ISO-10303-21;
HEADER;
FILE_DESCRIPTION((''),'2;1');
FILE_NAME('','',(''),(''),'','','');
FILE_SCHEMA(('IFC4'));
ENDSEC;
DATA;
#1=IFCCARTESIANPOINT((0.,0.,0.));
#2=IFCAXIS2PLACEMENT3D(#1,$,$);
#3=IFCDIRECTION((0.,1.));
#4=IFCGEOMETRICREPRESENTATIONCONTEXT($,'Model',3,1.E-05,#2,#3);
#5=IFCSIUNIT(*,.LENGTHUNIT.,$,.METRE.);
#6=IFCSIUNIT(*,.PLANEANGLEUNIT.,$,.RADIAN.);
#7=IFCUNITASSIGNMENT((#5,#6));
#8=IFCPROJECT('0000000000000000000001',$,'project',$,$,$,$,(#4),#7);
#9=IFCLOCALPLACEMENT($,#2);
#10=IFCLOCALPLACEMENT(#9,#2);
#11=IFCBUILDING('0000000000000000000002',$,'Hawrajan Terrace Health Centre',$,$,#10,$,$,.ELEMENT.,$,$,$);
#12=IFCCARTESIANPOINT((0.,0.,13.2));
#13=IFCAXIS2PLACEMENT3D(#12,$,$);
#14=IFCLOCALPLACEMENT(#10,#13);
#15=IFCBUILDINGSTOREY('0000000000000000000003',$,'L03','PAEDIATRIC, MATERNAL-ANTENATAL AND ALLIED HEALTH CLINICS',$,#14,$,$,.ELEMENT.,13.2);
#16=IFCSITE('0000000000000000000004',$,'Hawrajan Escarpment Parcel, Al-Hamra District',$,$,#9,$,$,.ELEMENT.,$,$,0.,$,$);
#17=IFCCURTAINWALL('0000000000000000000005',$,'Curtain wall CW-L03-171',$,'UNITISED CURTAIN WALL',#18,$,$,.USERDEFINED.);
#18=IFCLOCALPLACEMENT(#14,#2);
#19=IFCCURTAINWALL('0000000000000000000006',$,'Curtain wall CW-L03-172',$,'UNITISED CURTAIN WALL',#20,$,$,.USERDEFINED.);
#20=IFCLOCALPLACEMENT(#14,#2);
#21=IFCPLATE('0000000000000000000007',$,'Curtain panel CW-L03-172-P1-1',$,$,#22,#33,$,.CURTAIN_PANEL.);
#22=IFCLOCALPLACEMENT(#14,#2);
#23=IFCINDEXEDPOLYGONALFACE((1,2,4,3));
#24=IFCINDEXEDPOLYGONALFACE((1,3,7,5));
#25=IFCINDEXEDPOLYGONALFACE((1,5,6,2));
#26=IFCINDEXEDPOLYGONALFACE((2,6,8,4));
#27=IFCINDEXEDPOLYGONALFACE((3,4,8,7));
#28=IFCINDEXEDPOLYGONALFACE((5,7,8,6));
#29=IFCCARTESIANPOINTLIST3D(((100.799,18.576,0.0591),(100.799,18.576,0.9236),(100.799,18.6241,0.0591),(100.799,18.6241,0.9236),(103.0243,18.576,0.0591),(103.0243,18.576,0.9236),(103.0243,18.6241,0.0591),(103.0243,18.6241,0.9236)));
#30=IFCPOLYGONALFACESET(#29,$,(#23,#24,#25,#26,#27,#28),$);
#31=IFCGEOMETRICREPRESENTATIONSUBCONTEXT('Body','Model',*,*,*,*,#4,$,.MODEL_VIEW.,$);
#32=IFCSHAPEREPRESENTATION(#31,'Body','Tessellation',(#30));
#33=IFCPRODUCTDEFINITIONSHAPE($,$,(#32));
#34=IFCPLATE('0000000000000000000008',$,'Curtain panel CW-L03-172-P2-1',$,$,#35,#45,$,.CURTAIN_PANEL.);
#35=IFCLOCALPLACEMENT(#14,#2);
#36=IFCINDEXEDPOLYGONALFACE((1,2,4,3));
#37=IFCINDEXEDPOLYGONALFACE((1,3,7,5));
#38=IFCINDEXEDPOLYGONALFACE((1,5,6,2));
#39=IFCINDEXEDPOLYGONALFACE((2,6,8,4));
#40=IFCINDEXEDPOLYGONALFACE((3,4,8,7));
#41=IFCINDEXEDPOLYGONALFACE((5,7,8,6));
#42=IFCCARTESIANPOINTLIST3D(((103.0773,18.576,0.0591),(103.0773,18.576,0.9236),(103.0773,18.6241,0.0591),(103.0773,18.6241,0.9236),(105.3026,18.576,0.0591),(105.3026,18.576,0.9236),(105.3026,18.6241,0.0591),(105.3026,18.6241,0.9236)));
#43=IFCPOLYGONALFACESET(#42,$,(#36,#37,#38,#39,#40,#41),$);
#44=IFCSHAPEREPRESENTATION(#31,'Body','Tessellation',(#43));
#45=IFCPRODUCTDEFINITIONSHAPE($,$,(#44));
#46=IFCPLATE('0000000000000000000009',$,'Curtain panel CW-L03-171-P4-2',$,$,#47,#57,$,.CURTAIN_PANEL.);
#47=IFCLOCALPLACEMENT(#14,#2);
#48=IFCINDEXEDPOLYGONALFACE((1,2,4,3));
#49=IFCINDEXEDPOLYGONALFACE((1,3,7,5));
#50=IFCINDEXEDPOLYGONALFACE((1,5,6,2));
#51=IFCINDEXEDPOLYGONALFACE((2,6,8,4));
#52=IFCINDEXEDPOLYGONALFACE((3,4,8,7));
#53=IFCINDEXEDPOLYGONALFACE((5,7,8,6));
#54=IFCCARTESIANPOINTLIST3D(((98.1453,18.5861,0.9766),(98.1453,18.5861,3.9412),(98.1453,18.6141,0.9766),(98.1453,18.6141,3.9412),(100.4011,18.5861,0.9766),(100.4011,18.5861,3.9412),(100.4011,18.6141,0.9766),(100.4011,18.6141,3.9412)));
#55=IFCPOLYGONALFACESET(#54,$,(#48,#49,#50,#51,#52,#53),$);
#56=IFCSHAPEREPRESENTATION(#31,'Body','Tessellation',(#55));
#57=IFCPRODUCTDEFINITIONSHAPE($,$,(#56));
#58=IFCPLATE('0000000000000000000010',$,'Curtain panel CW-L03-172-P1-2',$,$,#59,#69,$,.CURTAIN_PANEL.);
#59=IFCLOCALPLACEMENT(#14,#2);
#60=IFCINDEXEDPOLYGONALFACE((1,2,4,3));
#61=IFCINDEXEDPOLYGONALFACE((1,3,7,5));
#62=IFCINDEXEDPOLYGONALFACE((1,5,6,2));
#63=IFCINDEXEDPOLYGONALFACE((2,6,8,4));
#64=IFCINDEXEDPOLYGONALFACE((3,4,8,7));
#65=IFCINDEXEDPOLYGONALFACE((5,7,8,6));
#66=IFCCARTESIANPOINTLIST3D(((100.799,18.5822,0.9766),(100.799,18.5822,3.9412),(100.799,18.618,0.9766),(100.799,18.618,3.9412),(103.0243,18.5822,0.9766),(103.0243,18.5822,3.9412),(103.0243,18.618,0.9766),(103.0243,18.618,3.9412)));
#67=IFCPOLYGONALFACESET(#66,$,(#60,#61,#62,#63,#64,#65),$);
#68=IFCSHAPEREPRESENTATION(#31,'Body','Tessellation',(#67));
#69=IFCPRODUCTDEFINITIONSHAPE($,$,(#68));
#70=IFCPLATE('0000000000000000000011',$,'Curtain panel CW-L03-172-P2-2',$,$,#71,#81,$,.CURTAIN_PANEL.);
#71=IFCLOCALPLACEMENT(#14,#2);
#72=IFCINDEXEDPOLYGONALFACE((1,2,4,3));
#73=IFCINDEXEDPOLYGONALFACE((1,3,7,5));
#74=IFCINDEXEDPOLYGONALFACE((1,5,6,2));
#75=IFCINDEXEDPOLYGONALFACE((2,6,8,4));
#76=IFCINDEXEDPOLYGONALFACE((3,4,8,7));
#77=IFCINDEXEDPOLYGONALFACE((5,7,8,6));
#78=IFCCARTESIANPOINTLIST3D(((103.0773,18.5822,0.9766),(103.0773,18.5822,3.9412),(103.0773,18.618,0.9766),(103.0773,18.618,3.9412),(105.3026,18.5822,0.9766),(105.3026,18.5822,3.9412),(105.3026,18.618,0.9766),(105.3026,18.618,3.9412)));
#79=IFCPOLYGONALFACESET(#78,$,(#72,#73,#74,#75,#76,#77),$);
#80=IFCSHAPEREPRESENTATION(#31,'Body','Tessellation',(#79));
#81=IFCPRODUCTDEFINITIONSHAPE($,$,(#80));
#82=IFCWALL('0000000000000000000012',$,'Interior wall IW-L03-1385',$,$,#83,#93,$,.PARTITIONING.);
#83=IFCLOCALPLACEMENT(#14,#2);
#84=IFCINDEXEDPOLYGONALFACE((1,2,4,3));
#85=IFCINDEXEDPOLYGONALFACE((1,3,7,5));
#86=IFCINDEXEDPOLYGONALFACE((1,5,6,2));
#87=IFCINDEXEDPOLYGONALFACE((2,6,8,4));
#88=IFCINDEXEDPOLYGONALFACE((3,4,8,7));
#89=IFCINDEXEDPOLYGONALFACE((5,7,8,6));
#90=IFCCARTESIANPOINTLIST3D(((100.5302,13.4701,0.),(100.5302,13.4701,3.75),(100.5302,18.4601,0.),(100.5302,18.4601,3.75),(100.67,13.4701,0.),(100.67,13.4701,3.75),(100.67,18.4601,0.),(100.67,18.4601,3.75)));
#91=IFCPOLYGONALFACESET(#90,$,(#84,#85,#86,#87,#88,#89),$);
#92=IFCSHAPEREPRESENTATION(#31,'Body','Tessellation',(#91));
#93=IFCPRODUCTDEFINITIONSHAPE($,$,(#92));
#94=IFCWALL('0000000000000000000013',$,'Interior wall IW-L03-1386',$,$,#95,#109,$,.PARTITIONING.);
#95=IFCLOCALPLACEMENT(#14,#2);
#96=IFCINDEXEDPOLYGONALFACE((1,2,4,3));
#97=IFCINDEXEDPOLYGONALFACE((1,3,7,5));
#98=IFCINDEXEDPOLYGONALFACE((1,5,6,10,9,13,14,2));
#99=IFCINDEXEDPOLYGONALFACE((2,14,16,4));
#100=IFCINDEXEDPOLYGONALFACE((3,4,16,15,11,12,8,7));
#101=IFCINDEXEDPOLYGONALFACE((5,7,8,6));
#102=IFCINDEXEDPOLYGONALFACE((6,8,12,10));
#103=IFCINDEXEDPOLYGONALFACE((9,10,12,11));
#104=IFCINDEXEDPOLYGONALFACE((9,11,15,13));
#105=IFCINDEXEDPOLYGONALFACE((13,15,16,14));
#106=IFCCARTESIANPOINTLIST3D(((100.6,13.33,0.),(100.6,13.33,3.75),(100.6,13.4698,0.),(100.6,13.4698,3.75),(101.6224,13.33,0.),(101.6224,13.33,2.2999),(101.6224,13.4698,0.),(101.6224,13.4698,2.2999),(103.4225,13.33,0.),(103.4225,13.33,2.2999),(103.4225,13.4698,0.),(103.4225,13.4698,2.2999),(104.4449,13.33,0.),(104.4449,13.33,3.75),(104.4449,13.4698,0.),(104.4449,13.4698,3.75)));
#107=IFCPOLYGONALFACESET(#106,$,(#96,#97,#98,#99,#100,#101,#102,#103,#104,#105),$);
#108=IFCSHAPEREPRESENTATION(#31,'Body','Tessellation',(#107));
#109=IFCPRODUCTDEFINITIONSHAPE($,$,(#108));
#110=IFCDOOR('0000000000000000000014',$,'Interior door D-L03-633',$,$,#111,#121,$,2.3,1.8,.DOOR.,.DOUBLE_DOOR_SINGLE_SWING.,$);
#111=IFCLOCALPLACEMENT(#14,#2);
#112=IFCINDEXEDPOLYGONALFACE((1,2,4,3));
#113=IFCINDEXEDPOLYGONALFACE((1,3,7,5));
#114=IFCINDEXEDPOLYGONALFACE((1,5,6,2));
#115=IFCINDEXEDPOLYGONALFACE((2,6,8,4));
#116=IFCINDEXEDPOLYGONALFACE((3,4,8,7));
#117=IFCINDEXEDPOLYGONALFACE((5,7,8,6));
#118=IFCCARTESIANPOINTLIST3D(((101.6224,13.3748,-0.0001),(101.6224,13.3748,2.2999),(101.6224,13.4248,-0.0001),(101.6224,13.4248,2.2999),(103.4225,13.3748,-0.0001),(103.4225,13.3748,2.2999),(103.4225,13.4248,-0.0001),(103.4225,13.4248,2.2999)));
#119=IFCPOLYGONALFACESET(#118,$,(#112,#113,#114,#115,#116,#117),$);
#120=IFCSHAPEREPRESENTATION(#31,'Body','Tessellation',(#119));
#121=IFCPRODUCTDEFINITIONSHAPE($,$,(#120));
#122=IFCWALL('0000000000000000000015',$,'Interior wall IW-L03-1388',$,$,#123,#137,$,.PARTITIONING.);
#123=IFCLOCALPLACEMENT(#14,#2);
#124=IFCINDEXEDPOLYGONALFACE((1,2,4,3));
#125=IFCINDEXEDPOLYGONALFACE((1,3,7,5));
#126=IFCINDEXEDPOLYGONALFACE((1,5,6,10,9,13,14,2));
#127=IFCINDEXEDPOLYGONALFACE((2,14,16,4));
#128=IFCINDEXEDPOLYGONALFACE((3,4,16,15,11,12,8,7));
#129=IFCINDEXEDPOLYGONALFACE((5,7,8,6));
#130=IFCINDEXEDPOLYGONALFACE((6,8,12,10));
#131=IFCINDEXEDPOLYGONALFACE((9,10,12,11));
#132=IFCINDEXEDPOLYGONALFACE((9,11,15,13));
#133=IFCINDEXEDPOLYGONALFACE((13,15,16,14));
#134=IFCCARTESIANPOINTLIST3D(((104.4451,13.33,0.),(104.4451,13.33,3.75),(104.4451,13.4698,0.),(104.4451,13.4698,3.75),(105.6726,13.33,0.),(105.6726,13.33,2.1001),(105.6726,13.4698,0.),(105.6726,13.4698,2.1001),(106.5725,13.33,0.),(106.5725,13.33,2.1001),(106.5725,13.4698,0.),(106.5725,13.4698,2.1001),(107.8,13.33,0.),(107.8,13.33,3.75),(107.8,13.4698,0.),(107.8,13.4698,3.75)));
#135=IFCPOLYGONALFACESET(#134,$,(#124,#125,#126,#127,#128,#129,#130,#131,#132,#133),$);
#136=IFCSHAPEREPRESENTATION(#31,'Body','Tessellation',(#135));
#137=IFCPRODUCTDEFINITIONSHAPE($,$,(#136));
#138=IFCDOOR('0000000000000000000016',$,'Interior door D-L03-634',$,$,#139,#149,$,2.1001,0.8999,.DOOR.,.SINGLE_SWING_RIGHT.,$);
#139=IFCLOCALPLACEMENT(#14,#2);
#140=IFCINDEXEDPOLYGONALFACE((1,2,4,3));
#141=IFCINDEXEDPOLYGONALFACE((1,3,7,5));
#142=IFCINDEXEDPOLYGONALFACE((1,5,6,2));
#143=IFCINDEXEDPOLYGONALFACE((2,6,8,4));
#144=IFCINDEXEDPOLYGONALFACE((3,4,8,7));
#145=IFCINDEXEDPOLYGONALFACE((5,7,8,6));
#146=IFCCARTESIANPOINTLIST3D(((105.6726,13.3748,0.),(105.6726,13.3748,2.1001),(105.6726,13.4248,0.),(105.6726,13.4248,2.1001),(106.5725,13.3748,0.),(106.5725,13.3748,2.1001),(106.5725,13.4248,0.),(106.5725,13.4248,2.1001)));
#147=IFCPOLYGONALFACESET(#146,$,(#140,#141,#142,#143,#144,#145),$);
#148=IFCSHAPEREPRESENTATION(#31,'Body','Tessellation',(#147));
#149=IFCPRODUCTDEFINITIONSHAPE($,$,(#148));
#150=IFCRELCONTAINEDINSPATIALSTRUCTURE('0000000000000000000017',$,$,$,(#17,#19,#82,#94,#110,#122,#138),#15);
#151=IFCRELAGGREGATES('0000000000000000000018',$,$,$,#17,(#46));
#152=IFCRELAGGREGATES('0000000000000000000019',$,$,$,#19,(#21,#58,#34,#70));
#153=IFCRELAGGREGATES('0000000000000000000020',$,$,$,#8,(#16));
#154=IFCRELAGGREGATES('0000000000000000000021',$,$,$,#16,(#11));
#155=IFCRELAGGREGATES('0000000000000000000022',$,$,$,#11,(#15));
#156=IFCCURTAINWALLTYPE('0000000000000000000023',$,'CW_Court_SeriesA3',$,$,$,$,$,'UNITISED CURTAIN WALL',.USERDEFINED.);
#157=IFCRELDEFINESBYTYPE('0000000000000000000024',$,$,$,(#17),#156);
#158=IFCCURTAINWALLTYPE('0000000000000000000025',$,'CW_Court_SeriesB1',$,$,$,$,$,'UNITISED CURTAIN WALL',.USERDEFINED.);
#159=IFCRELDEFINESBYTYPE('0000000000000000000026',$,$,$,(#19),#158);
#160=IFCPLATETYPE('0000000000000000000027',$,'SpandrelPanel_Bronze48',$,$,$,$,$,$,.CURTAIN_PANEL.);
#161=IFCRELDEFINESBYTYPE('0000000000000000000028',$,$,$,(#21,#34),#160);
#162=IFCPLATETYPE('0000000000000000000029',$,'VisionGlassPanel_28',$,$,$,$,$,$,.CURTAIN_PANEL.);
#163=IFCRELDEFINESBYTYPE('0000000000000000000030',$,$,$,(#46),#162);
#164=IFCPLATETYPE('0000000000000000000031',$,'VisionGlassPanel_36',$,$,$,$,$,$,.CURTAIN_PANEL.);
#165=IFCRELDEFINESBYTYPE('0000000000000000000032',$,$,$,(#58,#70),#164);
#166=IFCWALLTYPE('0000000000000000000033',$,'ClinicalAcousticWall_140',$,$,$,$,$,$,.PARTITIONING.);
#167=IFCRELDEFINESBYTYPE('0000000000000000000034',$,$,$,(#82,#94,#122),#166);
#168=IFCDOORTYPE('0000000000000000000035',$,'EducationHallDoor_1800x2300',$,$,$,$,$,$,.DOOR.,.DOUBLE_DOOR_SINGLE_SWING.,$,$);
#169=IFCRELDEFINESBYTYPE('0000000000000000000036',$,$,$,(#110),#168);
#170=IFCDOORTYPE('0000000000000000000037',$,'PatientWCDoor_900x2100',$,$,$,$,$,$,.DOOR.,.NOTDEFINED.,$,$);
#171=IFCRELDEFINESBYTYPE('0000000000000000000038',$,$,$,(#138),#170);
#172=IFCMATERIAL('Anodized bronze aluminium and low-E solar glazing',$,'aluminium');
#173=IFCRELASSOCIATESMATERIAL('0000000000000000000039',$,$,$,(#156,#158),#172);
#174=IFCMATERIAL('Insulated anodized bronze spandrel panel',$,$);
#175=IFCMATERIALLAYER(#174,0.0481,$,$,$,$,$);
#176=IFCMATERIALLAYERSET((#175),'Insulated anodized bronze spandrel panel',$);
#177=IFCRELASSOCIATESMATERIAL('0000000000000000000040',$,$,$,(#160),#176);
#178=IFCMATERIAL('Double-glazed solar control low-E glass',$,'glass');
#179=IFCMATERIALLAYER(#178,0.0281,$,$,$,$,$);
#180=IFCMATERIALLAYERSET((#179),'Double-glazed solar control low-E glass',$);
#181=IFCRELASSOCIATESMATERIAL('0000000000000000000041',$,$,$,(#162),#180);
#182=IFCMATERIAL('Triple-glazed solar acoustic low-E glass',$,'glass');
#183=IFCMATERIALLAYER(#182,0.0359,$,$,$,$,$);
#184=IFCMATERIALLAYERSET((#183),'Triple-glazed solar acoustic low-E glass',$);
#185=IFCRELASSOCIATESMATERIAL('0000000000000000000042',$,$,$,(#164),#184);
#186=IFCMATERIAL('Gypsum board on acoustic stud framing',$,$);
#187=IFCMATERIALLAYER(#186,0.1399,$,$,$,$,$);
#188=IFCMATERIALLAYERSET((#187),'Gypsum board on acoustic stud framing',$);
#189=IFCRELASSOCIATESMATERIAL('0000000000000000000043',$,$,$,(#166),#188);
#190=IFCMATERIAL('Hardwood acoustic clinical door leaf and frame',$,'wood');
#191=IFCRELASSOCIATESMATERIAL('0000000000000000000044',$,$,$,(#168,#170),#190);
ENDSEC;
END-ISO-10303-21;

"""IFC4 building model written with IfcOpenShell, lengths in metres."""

from ifc_helpers import new_model, si_unit, direction, frame, frame_2d, origin, origin_2d, place, context, subcontext, project, spatial, rectangle, extrude, material, layer, layer_set, type_object, element, fill, aggregate, save


model = new_model("IFC4")

# Units and contexts
model_context = context("Model", 3, precision=1e-05, world=origin(), true_north=direction((0.0, 1.0)))
body_context = subcontext(model_context, "Body", "Model", "MODEL_VIEW")
ifc_project = project(units=[si_unit("LENGTHUNIT", "METRE"), si_unit("PLANEANGLEUNIT", "RADIAN")], contexts=[model_context])

# Site, building, storey
site_placement = place(None, origin())
site = spatial("IfcSite", under=ifc_project, at=site_placement, Name="Hawrajan Escarpment Parcel, Al-Hamra District", CompositionType="ELEMENT", RefElevation=0.0)
building_placement = place(site_placement, origin())
building = spatial("IfcBuilding", under=site, at=building_placement, Name="Hawrajan Terrace Health Centre", CompositionType="ELEMENT")
storey_placement = place(building_placement, frame((0.0, 0.0, 13.2)))
storey = spatial("IfcBuildingStorey", under=building, at=storey_placement, Name="L03", Description="PAEDIATRIC, MATERNAL-ANTENATAL AND ALLIED HEALTH CLINICS", CompositionType="ELEMENT", Elevation=13.2)

# Curtain wall
ifc_material_1 = material(Name="Anodized bronze aluminium and low-E solar glazing", Category="aluminium")
curtain_wall_type_1 = type_object("IfcCurtainWallType", Name="CW_Court_SeriesA3", ElementType="UNITISED CURTAIN WALL", PredefinedType="USERDEFINED", material=ifc_material_1)
curtain_wall_1_placement = place(storey_placement, origin())
curtain_wall_1 = element("IfcCurtainWall", 1, at=curtain_wall_1_placement, inside=storey, type_object=curtain_wall_type_1, Name="Curtain wall CW-L03-171", ObjectType="UNITISED CURTAIN WALL", PredefinedType="USERDEFINED")

# Curtain wall
curtain_wall_type_2 = type_object("IfcCurtainWallType", Name="CW_Court_SeriesB1", ElementType="UNITISED CURTAIN WALL", PredefinedType="USERDEFINED", material=ifc_material_1)
curtain_wall_2_placement = place(storey_placement, origin())
curtain_wall_2 = element("IfcCurtainWall", 2, at=curtain_wall_2_placement, inside=storey, type_object=curtain_wall_type_2, Name="Curtain wall CW-L03-172", ObjectType="UNITISED CURTAIN WALL", PredefinedType="USERDEFINED")

# Plates
ifc_material_2 = material(Name="Insulated anodized bronze spandrel panel")
ifc_layer_1 = layer(ifc_material_2, 0.0481)
ifc_layer_set_1 = layer_set([ifc_layer_1], Name="Insulated anodized bronze spandrel panel")
plate_type_1 = type_object("IfcPlateType", Name="SpandrelPanel_Bronze48", PredefinedType="CURTAIN_PANEL", material=ifc_layer_set_1)
plate_1_placement = place(storey_placement, frame((101.9116, 18.6001, 0.0591), z_axis=(0.0, 0.0, 1.0), x_axis=(1.0, 0.0, 0.0)))
plate_1 = element("IfcPlate", 3, at=plate_1_placement, type_object=plate_type_1, Name="Curtain panel CW-L03-172-P1-1", PredefinedType="CURTAIN_PANEL", context=body_context, shape_type="SweptSolid", body=[
    extrude(rectangle(XDim=2.2253, YDim=0.0481, at=origin_2d()), origin(), (0.0, 0.0, 1.0), 0.8645),
])
plate_2_placement = place(storey_placement, frame((104.1899, 18.6001, 0.0591), z_axis=(0.0, 0.0, 1.0), x_axis=(1.0, 0.0, 0.0)))
plate_2 = element("IfcPlate", 4, at=plate_2_placement, type_object=plate_type_1, Name="Curtain panel CW-L03-172-P2-1", PredefinedType="CURTAIN_PANEL", context=body_context, shape_type="SweptSolid", body=[
    extrude(rectangle(XDim=2.2253, YDim=0.0481, at=origin_2d()), origin(), (0.0, 0.0, 1.0), 0.8645),
])
ifc_material_3 = material(Name="Double-glazed solar control low-E glass", Category="glass")
ifc_layer_2 = layer(ifc_material_3, 0.0281)
ifc_layer_set_2 = layer_set([ifc_layer_2], Name="Double-glazed solar control low-E glass")
plate_type_2 = type_object("IfcPlateType", Name="VisionGlassPanel_28", PredefinedType="CURTAIN_PANEL", material=ifc_layer_set_2)
plate_3_placement = place(storey_placement, frame((99.2732, 18.6001, 0.9766), z_axis=(0.0, 0.0, 1.0), x_axis=(1.0, 0.0, 0.0)))
plate_3 = element("IfcPlate", 5, at=plate_3_placement, type_object=plate_type_2, Name="Curtain panel CW-L03-171-P4-2", PredefinedType="CURTAIN_PANEL", context=body_context, shape_type="SweptSolid", body=[
    extrude(rectangle(XDim=2.2559, YDim=0.0281, at=origin_2d()), origin(), (0.0, 0.0, 1.0), 2.9646),
])
aggregate(curtain_wall_1, [plate_3])
ifc_material_4 = material(Name="Triple-glazed solar acoustic low-E glass", Category="glass")
ifc_layer_3 = layer(ifc_material_4, 0.0359)
ifc_layer_set_3 = layer_set([ifc_layer_3], Name="Triple-glazed solar acoustic low-E glass")
plate_type_3 = type_object("IfcPlateType", Name="VisionGlassPanel_36", PredefinedType="CURTAIN_PANEL", material=ifc_layer_set_3)
plate_4_placement = place(storey_placement, frame((101.9116, 18.6001, 0.9766), z_axis=(0.0, 0.0, 1.0), x_axis=(1.0, 0.0, 0.0)))
plate_4 = element("IfcPlate", 6, at=plate_4_placement, type_object=plate_type_3, Name="Curtain panel CW-L03-172-P1-2", PredefinedType="CURTAIN_PANEL", context=body_context, shape_type="SweptSolid", body=[
    extrude(rectangle(XDim=2.2253, YDim=0.0359, at=origin_2d()), origin(), (0.0, 0.0, 1.0), 2.9646),
])
plate_5_placement = place(storey_placement, frame((104.1899, 18.6001, 0.9766), z_axis=(0.0, 0.0, 1.0), x_axis=(1.0, 0.0, 0.0)))
plate_5 = element("IfcPlate", 7, at=plate_5_placement, type_object=plate_type_3, Name="Curtain panel CW-L03-172-P2-2", PredefinedType="CURTAIN_PANEL", context=body_context, shape_type="SweptSolid", body=[
    extrude(rectangle(XDim=2.2253, YDim=0.0359, at=origin_2d()), origin(), (0.0, 0.0, 1.0), 2.9646),
])
aggregate(curtain_wall_2, [plate_1, plate_4, plate_2, plate_5])

# Wall
ifc_material_5 = material(Name="Gypsum board on acoustic stud framing")
ifc_layer_4 = layer(ifc_material_5, 0.1399)
ifc_layer_set_4 = layer_set([ifc_layer_4], Name="Gypsum board on acoustic stud framing")
wall_type = type_object("IfcWallType", Name="ClinicalAcousticWall_140", PredefinedType="PARTITIONING", material=ifc_layer_set_4)
wall_1_placement = place(storey_placement, frame((100.6001, 13.47, 0.0), z_axis=(0.0, 0.0, 1.0), x_axis=(0.0, 1.0, 0.0)))
element("IfcWall", 8, at=wall_1_placement, inside=storey, type_object=wall_type, Name="Interior wall IW-L03-1385", PredefinedType="PARTITIONING", context=body_context, shape_type="SweptSolid", body=[
    extrude(rectangle(XDim=4.99, YDim=0.1399, at=frame_2d((2.4951, 0.0))), origin(), (0.0, 0.0, 1.0), 3.75),
])

# Wall, opening, door
wall_2_placement = place(storey_placement, frame((100.6001, 13.3999, 0.0), z_axis=(0.0, 0.0, 1.0), x_axis=(1.0, 0.0, 0.0)))
wall_2 = element("IfcWall", 9, at=wall_2_placement, inside=storey, type_object=wall_type, Name="Interior wall IW-L03-1386", PredefinedType="PARTITIONING", context=body_context, shape_type="SweptSolid", body=[
    extrude(rectangle(XDim=3.845, YDim=0.1399, at=frame_2d((1.9224, 0.0))), origin(), (0.0, 0.0, 1.0), 3.75),
])
opening_1_placement = place(wall_2_placement, frame((1.0225, 0.0, 0.0)))
opening_1 = element("IfcOpeningElement", 10, at=opening_1_placement, cuts=wall_2, PredefinedType="OPENING", context=body_context, shape_type="SweptSolid", body=[
    extrude(rectangle(XDim=1.8, YDim=2.3, at=frame_2d((0.8999, 1.1499))), frame((0.0, 0.0798, 0.0), z_axis=(0.0, -1.0, 0.0), x_axis=(1.0, 0.0, 0.0)), (0.0, 0.0, 1.0), 0.1599),
])
ifc_material_6 = material(Name="Hardwood acoustic clinical door leaf and frame", Category="wood")
door_type_1 = type_object("IfcDoorType", Name="EducationHallDoor_1800x2300", OperationType="DOUBLE_DOOR_SINGLE_SWING", PredefinedType="DOOR", material=ifc_material_6)
door_1_placement = place(opening_1_placement, origin())
door_1 = element("IfcDoor", 11, at=door_1_placement, inside=storey, type_object=door_type_1, Name="Interior door D-L03-633", OperationType="DOUBLE_DOOR_SINGLE_SWING", OverallHeight=2.3, OverallWidth=1.8, PredefinedType="DOOR", context=body_context, shape_type="SweptSolid", body=[
    extrude(rectangle(XDim=1.8, YDim=2.3, at=frame_2d((0.8999, 1.1499))), frame((0.0, 0.0249, 0.0), z_axis=(0.0, -1.0, 0.0), x_axis=(1.0, 0.0, 0.0)), (0.0, 0.0, 1.0), 0.05),
])
fill(opening_1, door_1)

# Wall, opening, door
wall_3_placement = place(storey_placement, frame((104.4451, 13.3999, 0.0), z_axis=(0.0, 0.0, 1.0), x_axis=(1.0, 0.0, 0.0)))
wall_3 = element("IfcWall", 12, at=wall_3_placement, inside=storey, type_object=wall_type, Name="Interior wall IW-L03-1388", PredefinedType="PARTITIONING", context=body_context, shape_type="SweptSolid", body=[
    extrude(rectangle(XDim=3.355, YDim=0.1399, at=frame_2d((1.6775, 0.0))), origin(), (0.0, 0.0, 1.0), 3.75),
])
opening_2_placement = place(wall_3_placement, frame((1.2275, 0.0, 0.0)))
opening_2 = element("IfcOpeningElement", 13, at=opening_2_placement, cuts=wall_3, PredefinedType="OPENING", context=body_context, shape_type="SweptSolid", body=[
    extrude(rectangle(XDim=0.8999, YDim=2.1001, at=frame_2d((0.45, 1.05))), frame((0.0, 0.0798, 0.0), z_axis=(0.0, -1.0, 0.0), x_axis=(1.0, 0.0, 0.0)), (0.0, 0.0, 1.0), 0.1599),
])
door_type_2 = type_object("IfcDoorType", Name="PatientWCDoor_900x2100", OperationType="NOTDEFINED", PredefinedType="DOOR", material=ifc_material_6)
door_2_placement = place(opening_2_placement, origin())
door_2 = element("IfcDoor", 14, at=door_2_placement, inside=storey, type_object=door_type_2, Name="Interior door D-L03-634", OperationType="SINGLE_SWING_RIGHT", OverallHeight=2.1001, OverallWidth=0.8999, PredefinedType="DOOR", context=body_context, shape_type="SweptSolid", body=[
    extrude(rectangle(XDim=0.8999, YDim=2.1001, at=frame_2d((0.45, 1.05))), frame((0.0, 0.0249, 0.0), z_axis=(0.0, -1.0, 0.0), x_axis=(1.0, 0.0, 0.0)), (0.0, 0.0, 1.0), 0.05),
])
fill(opening_2, door_2)

save(model, "model.ifc")
